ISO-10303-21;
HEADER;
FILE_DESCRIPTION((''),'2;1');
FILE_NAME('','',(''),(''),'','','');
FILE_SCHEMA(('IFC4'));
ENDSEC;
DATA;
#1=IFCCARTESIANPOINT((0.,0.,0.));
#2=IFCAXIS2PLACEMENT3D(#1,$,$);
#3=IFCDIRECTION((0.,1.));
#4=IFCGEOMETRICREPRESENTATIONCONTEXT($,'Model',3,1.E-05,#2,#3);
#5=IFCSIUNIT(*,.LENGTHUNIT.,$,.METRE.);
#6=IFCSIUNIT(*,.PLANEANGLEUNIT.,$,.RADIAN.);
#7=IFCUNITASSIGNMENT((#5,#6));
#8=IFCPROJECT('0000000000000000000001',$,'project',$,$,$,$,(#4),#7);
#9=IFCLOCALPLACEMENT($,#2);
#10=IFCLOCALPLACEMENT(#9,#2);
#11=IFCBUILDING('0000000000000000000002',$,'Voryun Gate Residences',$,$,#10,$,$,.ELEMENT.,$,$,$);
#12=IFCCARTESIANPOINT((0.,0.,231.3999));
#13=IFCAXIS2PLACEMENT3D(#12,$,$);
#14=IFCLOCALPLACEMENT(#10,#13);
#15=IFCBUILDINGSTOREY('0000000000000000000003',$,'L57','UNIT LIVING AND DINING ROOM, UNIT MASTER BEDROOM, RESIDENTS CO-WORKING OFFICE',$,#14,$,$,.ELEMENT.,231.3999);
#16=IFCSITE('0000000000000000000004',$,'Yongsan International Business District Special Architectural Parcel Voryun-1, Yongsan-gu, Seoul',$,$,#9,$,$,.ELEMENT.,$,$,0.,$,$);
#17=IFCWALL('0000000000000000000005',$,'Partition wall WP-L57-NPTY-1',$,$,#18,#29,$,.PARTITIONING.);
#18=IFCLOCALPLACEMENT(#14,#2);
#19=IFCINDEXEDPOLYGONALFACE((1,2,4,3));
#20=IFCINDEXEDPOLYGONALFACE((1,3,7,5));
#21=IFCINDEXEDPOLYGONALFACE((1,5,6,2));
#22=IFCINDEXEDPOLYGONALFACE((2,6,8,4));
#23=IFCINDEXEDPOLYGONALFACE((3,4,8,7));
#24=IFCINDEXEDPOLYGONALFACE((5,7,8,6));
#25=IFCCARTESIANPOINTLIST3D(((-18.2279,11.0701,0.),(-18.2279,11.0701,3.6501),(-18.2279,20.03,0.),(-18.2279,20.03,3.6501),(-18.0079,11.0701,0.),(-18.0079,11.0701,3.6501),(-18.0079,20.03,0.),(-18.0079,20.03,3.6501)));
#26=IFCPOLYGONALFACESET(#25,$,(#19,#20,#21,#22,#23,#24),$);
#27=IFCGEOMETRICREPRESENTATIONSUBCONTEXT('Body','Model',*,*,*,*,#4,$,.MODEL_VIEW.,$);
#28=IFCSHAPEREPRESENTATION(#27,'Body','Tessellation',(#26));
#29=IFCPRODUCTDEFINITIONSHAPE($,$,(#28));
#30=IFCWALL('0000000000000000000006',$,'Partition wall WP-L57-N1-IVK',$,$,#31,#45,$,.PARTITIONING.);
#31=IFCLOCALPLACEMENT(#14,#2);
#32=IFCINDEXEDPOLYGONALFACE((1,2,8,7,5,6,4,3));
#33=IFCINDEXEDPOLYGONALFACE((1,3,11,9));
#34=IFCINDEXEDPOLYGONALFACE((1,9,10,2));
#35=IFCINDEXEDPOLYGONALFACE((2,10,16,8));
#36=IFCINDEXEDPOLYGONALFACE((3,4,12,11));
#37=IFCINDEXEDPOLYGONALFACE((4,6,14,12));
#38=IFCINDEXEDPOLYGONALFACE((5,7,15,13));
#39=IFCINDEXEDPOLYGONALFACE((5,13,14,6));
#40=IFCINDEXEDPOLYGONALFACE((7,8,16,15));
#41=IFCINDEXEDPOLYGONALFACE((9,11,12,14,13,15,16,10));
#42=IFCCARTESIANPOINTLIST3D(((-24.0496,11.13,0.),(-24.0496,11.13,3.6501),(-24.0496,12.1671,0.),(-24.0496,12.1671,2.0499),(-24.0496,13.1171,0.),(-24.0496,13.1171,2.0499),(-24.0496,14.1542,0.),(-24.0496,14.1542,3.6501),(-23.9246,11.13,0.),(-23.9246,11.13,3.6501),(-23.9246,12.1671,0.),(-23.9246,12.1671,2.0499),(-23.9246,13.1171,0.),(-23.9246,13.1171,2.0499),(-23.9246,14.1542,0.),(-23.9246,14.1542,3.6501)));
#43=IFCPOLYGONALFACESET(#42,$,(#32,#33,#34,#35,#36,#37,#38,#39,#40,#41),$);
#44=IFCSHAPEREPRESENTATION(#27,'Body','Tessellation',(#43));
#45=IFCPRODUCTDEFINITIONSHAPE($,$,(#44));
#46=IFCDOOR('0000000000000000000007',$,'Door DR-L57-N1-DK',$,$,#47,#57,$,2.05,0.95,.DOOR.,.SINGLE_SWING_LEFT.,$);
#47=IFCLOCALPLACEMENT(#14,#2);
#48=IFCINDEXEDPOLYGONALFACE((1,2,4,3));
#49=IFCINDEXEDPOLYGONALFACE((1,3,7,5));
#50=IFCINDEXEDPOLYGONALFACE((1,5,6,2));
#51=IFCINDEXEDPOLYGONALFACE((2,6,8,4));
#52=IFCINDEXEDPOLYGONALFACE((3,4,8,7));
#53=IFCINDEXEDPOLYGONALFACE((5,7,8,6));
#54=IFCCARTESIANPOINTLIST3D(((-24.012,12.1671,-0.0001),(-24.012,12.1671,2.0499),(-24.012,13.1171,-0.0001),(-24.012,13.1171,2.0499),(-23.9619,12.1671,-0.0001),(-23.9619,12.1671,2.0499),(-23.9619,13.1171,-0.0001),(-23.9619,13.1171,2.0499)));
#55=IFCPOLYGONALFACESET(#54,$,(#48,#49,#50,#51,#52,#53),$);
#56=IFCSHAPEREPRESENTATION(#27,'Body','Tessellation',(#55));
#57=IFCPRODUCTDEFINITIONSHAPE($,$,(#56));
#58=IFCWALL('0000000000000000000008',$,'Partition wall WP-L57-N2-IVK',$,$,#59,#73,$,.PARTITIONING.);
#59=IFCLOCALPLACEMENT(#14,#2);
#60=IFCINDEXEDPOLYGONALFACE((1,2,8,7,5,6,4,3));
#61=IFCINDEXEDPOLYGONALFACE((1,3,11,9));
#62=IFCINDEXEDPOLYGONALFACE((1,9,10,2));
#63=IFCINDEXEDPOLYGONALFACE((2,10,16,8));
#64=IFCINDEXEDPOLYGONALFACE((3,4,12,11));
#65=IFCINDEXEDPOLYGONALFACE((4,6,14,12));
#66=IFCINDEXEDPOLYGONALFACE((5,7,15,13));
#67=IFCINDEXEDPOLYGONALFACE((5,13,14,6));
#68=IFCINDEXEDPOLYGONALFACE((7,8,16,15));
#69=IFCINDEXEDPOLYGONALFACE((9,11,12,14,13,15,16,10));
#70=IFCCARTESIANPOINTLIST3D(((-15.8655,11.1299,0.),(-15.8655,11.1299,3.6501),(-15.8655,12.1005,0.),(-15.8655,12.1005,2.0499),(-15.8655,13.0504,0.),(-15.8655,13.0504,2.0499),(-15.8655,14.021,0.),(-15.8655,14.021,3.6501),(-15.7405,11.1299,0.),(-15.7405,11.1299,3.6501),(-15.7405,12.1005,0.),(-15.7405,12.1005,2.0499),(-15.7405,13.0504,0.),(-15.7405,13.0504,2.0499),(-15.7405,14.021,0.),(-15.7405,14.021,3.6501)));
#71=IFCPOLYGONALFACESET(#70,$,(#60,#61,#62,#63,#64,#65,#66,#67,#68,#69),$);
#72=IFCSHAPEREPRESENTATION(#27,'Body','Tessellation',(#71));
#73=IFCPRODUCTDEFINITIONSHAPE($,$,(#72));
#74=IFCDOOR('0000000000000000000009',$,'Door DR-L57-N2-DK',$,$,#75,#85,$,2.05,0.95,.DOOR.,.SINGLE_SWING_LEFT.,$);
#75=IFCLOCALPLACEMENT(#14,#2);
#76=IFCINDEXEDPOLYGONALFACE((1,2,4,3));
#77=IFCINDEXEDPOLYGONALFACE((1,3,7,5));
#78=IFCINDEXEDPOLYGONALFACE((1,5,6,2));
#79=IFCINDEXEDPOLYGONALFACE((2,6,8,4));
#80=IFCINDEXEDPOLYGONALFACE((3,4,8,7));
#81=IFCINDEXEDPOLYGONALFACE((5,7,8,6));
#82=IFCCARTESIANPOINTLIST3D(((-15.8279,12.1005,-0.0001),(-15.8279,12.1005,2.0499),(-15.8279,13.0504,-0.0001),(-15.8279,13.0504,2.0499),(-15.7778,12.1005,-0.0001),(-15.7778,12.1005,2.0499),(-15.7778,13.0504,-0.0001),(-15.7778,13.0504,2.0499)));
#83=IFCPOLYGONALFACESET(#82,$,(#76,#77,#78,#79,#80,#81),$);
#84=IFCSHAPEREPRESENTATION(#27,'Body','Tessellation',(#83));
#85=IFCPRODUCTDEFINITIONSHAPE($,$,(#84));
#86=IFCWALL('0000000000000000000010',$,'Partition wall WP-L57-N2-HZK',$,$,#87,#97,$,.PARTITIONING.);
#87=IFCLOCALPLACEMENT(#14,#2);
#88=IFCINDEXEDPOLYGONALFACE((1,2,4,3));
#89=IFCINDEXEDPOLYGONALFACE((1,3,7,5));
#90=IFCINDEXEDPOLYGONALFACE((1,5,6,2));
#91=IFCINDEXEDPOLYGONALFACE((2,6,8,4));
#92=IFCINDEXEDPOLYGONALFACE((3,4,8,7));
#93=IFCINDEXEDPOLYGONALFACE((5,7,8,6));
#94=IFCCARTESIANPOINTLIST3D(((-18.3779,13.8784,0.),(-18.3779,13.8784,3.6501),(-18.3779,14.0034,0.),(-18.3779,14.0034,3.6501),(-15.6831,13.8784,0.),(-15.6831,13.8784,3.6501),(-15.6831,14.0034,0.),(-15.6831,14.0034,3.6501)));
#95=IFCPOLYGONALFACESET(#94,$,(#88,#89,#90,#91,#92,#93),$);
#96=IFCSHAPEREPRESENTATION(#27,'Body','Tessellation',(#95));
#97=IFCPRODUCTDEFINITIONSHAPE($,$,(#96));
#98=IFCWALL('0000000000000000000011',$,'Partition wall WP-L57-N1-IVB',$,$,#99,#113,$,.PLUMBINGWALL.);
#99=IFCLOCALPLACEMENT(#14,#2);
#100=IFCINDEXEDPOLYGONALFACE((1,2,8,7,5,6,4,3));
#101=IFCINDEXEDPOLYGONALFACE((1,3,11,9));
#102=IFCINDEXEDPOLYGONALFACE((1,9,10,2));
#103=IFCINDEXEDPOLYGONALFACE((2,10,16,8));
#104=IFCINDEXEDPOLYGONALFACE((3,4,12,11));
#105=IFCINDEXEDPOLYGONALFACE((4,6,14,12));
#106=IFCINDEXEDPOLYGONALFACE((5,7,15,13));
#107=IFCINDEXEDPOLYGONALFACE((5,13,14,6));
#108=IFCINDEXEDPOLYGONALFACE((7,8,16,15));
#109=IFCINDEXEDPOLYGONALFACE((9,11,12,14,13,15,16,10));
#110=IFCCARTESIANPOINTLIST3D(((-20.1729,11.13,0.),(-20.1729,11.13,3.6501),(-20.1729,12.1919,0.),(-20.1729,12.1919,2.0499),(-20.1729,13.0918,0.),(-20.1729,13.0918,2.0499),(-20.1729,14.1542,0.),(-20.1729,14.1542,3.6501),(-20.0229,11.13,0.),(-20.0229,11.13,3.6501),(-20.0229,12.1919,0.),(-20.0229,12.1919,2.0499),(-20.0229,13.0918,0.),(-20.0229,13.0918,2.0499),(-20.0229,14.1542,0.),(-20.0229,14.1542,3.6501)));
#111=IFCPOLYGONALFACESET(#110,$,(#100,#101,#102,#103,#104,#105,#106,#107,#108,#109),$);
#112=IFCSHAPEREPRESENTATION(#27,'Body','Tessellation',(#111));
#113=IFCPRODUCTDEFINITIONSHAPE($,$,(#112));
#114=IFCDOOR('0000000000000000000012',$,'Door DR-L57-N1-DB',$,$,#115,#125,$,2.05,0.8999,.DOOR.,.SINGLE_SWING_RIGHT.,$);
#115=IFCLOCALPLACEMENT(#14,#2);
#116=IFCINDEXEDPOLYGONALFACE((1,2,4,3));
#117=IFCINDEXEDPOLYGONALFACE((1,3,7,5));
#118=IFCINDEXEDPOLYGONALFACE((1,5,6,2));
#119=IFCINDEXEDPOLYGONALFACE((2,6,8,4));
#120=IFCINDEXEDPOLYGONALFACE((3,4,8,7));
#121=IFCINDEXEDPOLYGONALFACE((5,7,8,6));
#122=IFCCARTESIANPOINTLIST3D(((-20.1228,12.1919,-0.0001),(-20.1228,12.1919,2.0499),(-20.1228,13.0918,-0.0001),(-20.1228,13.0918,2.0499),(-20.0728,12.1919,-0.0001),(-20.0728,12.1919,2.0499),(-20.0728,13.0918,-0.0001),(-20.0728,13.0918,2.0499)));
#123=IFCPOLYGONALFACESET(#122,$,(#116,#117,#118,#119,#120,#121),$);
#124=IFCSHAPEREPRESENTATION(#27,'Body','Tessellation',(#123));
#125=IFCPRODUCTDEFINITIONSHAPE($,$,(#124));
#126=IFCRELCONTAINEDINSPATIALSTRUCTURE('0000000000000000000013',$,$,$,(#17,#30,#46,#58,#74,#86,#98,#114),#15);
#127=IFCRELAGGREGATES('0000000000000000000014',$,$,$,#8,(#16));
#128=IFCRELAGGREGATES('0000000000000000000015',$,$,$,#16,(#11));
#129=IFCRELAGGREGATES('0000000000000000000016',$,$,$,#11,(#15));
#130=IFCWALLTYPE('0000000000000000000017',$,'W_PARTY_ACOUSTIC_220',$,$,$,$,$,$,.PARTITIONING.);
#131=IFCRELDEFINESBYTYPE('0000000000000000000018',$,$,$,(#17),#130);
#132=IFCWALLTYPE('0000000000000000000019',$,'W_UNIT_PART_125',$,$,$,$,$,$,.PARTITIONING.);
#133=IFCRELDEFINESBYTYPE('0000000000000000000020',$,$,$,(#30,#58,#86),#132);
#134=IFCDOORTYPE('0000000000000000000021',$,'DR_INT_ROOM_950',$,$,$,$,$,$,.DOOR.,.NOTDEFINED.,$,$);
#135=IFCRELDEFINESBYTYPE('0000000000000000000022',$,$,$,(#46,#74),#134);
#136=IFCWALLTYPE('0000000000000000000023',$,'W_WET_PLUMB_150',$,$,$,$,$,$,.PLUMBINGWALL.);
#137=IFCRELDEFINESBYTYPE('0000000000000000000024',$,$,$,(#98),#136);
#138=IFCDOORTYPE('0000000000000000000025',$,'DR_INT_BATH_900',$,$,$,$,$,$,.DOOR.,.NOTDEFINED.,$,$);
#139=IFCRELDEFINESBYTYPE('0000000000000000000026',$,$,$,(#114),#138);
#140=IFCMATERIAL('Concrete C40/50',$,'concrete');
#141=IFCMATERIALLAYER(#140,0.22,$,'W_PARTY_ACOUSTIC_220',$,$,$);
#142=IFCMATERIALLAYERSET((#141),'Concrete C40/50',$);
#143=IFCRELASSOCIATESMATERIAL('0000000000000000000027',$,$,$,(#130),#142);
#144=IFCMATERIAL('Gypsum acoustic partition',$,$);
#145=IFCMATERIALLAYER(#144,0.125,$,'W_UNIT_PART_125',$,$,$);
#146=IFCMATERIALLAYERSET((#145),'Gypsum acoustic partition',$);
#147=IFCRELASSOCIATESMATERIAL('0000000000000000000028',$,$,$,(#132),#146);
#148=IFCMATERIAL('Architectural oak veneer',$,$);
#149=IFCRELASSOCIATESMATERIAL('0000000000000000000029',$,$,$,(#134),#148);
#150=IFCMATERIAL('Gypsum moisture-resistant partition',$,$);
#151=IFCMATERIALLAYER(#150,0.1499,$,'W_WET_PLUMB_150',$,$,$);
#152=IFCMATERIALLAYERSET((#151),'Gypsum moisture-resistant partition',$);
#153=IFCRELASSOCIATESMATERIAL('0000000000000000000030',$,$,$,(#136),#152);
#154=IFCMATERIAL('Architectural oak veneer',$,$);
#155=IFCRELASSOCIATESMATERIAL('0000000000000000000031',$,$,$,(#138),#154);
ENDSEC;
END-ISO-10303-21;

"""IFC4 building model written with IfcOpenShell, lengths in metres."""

from ifc_helpers import new_model, si_unit, direction, frame, frame_2d, origin, place, context, subcontext, project, spatial, rectangle, extrude, material, layer, layer_set, type_object, element, fill, save


model = new_model("IFC4")

# Units and contexts
model_context = context("Model", 3, precision=1e-05, world=origin(), true_north=direction((0.0, 1.0)))
body_context = subcontext(model_context, "Body", "Model", "MODEL_VIEW")
ifc_project = project(units=[si_unit("LENGTHUNIT", "METRE"), si_unit("PLANEANGLEUNIT", "RADIAN")], contexts=[model_context])

# Site, building, storey
site_placement = place(None, origin())
site = spatial("IfcSite", under=ifc_project, at=site_placement, Name="Yongsan International Business District Special Architectural Parcel Voryun-1, Yongsan-gu, Seoul", CompositionType="ELEMENT", RefElevation=0.0)
building_placement = place(site_placement, origin())
building = spatial("IfcBuilding", under=site, at=building_placement, Name="Voryun Gate Residences", CompositionType="ELEMENT")
storey_placement = place(building_placement, frame((0.0, 0.0, 231.3999)))
storey = spatial("IfcBuildingStorey", under=building, at=storey_placement, Name="L57", Description="UNIT LIVING AND DINING ROOM, UNIT MASTER BEDROOM, RESIDENTS CO-WORKING OFFICE", CompositionType="ELEMENT", Elevation=231.3999)

# Wall
ifc_material_1 = material(Name="Concrete C40/50", Category="concrete")
ifc_layer_1 = layer(ifc_material_1, 0.22, Name="W_PARTY_ACOUSTIC_220")
ifc_layer_set_1 = layer_set([ifc_layer_1], Name="Concrete C40/50")
wall_type_1 = type_object("IfcWallType", Name="W_PARTY_ACOUSTIC_220", PredefinedType="PARTITIONING", material=ifc_layer_set_1)
wall_1_placement = place(storey_placement, frame((-18.1179, 11.0701, 0.0), z_axis=(0.0, 0.0, 1.0), x_axis=(0.0, 1.0, 0.0)))
element("IfcWall", 1, at=wall_1_placement, inside=storey, type_object=wall_type_1, Name="Partition wall WP-L57-NPTY-1", PredefinedType="PARTITIONING", context=body_context, shape_type="SweptSolid", body=[
    extrude(rectangle(XDim=8.96, YDim=0.22, at=frame_2d((4.48, 0.0))), origin(), (0.0, 0.0, 1.0), 3.6501),
])

# Walls, openings, doors
ifc_material_2 = material(Name="Gypsum acoustic partition")
ifc_layer_2 = layer(ifc_material_2, 0.125, Name="W_UNIT_PART_125")
ifc_layer_set_2 = layer_set([ifc_layer_2], Name="Gypsum acoustic partition")
wall_type_2 = type_object("IfcWallType", Name="W_UNIT_PART_125", PredefinedType="PARTITIONING", material=ifc_layer_set_2)
wall_2_placement = place(storey_placement, frame((-23.9871, 11.1299, 0.0), z_axis=(0.0, 0.0, 1.0), x_axis=(0.0, 1.0, 0.0)))
wall_2 = element("IfcWall", 2, at=wall_2_placement, inside=storey, type_object=wall_type_2, Name="Partition wall WP-L57-N1-IVK", PredefinedType="PARTITIONING", context=body_context, shape_type="SweptSolid", body=[
    extrude(rectangle(XDim=3.0242, YDim=0.125, at=frame_2d((1.5122, 0.0))), origin(), (0.0, 0.0, 1.0), 3.6501),
])
opening_1_placement = place(wall_2_placement, frame((1.0371, 0.0, 0.0)))
opening_1 = element("IfcOpeningElement", 3, at=opening_1_placement, cuts=wall_2, PredefinedType="OPENING", context=body_context, shape_type="SweptSolid", body=[
    extrude(rectangle(XDim=0.95, YDim=2.05, at=frame_2d((0.4751, 1.0249))), frame((0.0, 0.0725, 0.0), z_axis=(0.0, -1.0, 0.0), x_axis=(1.0, 0.0, 0.0)), (0.0, 0.0, 1.0), 0.145),
])
ifc_material_3 = material(Name="Architectural oak veneer")
door_type_1 = type_object("IfcDoorType", Name="DR_INT_ROOM_950", OperationType="NOTDEFINED", PredefinedType="DOOR", material=ifc_material_3)
door_1_placement = place(opening_1_placement, origin())
door_1 = element("IfcDoor", 4, at=door_1_placement, inside=storey, type_object=door_type_1, Name="Door DR-L57-N1-DK", OperationType="SINGLE_SWING_LEFT", OverallHeight=2.05, OverallWidth=0.95, PredefinedType="DOOR", context=body_context, shape_type="SweptSolid", body=[
    extrude(rectangle(XDim=0.95, YDim=2.05, at=frame_2d((0.4751, 1.0249))), frame((0.0, 0.0249, 0.0), z_axis=(0.0, -1.0, 0.0), x_axis=(1.0, 0.0, 0.0)), (0.0, 0.0, 1.0), 0.05),
])
fill(opening_1, door_1)
wall_3_placement = place(storey_placement, frame((-15.803, 11.1299, 0.0), z_axis=(0.0, 0.0, 1.0), x_axis=(0.0, 1.0, 0.0)))
wall_3 = element("IfcWall", 5, at=wall_3_placement, inside=storey, type_object=wall_type_2, Name="Partition wall WP-L57-N2-IVK", PredefinedType="PARTITIONING", context=body_context, shape_type="SweptSolid", body=[
    extrude(rectangle(XDim=2.8911, YDim=0.125, at=frame_2d((1.4456, 0.0))), origin(), (0.0, 0.0, 1.0), 3.6501),
])
opening_2_placement = place(wall_3_placement, frame((0.9705, 0.0, 0.0)))
opening_2 = element("IfcOpeningElement", 6, at=opening_2_placement, cuts=wall_3, PredefinedType="OPENING", context=body_context, shape_type="SweptSolid", body=[
    extrude(rectangle(XDim=0.95, YDim=2.05, at=frame_2d((0.4751, 1.0249))), frame((0.0, 0.0725, 0.0), z_axis=(0.0, -1.0, 0.0), x_axis=(1.0, 0.0, 0.0)), (0.0, 0.0, 1.0), 0.145),
])
door_2_placement = place(opening_2_placement, origin())
door_2 = element("IfcDoor", 7, at=door_2_placement, inside=storey, type_object=door_type_1, Name="Door DR-L57-N2-DK", OperationType="SINGLE_SWING_LEFT", OverallHeight=2.05, OverallWidth=0.95, PredefinedType="DOOR", context=body_context, shape_type="SweptSolid", body=[
    extrude(rectangle(XDim=0.95, YDim=2.05, at=frame_2d((0.4751, 1.0249))), frame((0.0, 0.0249, 0.0), z_axis=(0.0, -1.0, 0.0), x_axis=(1.0, 0.0, 0.0)), (0.0, 0.0, 1.0), 0.05),
])
fill(opening_2, door_2)

# Wall
wall_4_placement = place(storey_placement, frame((-18.3779, 13.9409, 0.0), z_axis=(0.0, 0.0, 1.0), x_axis=(1.0, 0.0, 0.0)))
element("IfcWall", 8, at=wall_4_placement, inside=storey, type_object=wall_type_2, Name="Partition wall WP-L57-N2-HZK", PredefinedType="PARTITIONING", context=body_context, shape_type="SweptSolid", body=[
    extrude(rectangle(XDim=2.6948, YDim=0.125, at=frame_2d((1.3474, 0.0))), origin(), (0.0, 0.0, 1.0), 3.6501),
])

# Wall, opening, door
ifc_material_4 = material(Name="Gypsum moisture-resistant partition")
ifc_layer_3 = layer(ifc_material_4, 0.1499, Name="W_WET_PLUMB_150")
ifc_layer_set_3 = layer_set([ifc_layer_3], Name="Gypsum moisture-resistant partition")
wall_type_3 = type_object("IfcWallType", Name="W_WET_PLUMB_150", PredefinedType="PLUMBINGWALL", material=ifc_layer_set_3)
wall_5_placement = place(storey_placement, frame((-20.0979, 11.1299, 0.0), z_axis=(0.0, 0.0, 1.0), x_axis=(0.0, 1.0, 0.0)))
wall_5 = element("IfcWall", 9, at=wall_5_placement, inside=storey, type_object=wall_type_3, Name="Partition wall WP-L57-N1-IVB", PredefinedType="PLUMBINGWALL", context=body_context, shape_type="SweptSolid", body=[
    extrude(rectangle(XDim=3.0242, YDim=0.1499, at=frame_2d((1.5122, 0.0))), origin(), (0.0, 0.0, 1.0), 3.6501),
])
opening_3_placement = place(wall_5_placement, frame((1.062, 0.0, 0.0)))
opening_3 = element("IfcOpeningElement", 10, at=opening_3_placement, cuts=wall_5, PredefinedType="OPENING", context=body_context, shape_type="SweptSolid", body=[
    extrude(rectangle(XDim=0.8999, YDim=2.05, at=frame_2d((0.45, 1.0249))), frame((0.0, 0.085, 0.0), z_axis=(0.0, -1.0, 0.0), x_axis=(1.0, 0.0, 0.0)), (0.0, 0.0, 1.0), 0.1699),
])
ifc_material_5 = material(Name="Architectural oak veneer")
door_type_2 = type_object("IfcDoorType", Name="DR_INT_BATH_900", OperationType="NOTDEFINED", PredefinedType="DOOR", material=ifc_material_5)
door_3_placement = place(opening_3_placement, origin())
door_3 = element("IfcDoor", 11, at=door_3_placement, inside=storey, type_object=door_type_2, Name="Door DR-L57-N1-DB", OperationType="SINGLE_SWING_RIGHT", OverallHeight=2.05, OverallWidth=0.8999, PredefinedType="DOOR", context=body_context, shape_type="SweptSolid", body=[
    extrude(rectangle(XDim=0.8999, YDim=2.05, at=frame_2d((0.45, 1.0249))), frame((0.0, 0.0249, 0.0), z_axis=(0.0, -1.0, 0.0), x_axis=(1.0, 0.0, 0.0)), (0.0, 0.0, 1.0), 0.05),
])
fill(opening_3, door_3)

save(model, "model.ifc")
